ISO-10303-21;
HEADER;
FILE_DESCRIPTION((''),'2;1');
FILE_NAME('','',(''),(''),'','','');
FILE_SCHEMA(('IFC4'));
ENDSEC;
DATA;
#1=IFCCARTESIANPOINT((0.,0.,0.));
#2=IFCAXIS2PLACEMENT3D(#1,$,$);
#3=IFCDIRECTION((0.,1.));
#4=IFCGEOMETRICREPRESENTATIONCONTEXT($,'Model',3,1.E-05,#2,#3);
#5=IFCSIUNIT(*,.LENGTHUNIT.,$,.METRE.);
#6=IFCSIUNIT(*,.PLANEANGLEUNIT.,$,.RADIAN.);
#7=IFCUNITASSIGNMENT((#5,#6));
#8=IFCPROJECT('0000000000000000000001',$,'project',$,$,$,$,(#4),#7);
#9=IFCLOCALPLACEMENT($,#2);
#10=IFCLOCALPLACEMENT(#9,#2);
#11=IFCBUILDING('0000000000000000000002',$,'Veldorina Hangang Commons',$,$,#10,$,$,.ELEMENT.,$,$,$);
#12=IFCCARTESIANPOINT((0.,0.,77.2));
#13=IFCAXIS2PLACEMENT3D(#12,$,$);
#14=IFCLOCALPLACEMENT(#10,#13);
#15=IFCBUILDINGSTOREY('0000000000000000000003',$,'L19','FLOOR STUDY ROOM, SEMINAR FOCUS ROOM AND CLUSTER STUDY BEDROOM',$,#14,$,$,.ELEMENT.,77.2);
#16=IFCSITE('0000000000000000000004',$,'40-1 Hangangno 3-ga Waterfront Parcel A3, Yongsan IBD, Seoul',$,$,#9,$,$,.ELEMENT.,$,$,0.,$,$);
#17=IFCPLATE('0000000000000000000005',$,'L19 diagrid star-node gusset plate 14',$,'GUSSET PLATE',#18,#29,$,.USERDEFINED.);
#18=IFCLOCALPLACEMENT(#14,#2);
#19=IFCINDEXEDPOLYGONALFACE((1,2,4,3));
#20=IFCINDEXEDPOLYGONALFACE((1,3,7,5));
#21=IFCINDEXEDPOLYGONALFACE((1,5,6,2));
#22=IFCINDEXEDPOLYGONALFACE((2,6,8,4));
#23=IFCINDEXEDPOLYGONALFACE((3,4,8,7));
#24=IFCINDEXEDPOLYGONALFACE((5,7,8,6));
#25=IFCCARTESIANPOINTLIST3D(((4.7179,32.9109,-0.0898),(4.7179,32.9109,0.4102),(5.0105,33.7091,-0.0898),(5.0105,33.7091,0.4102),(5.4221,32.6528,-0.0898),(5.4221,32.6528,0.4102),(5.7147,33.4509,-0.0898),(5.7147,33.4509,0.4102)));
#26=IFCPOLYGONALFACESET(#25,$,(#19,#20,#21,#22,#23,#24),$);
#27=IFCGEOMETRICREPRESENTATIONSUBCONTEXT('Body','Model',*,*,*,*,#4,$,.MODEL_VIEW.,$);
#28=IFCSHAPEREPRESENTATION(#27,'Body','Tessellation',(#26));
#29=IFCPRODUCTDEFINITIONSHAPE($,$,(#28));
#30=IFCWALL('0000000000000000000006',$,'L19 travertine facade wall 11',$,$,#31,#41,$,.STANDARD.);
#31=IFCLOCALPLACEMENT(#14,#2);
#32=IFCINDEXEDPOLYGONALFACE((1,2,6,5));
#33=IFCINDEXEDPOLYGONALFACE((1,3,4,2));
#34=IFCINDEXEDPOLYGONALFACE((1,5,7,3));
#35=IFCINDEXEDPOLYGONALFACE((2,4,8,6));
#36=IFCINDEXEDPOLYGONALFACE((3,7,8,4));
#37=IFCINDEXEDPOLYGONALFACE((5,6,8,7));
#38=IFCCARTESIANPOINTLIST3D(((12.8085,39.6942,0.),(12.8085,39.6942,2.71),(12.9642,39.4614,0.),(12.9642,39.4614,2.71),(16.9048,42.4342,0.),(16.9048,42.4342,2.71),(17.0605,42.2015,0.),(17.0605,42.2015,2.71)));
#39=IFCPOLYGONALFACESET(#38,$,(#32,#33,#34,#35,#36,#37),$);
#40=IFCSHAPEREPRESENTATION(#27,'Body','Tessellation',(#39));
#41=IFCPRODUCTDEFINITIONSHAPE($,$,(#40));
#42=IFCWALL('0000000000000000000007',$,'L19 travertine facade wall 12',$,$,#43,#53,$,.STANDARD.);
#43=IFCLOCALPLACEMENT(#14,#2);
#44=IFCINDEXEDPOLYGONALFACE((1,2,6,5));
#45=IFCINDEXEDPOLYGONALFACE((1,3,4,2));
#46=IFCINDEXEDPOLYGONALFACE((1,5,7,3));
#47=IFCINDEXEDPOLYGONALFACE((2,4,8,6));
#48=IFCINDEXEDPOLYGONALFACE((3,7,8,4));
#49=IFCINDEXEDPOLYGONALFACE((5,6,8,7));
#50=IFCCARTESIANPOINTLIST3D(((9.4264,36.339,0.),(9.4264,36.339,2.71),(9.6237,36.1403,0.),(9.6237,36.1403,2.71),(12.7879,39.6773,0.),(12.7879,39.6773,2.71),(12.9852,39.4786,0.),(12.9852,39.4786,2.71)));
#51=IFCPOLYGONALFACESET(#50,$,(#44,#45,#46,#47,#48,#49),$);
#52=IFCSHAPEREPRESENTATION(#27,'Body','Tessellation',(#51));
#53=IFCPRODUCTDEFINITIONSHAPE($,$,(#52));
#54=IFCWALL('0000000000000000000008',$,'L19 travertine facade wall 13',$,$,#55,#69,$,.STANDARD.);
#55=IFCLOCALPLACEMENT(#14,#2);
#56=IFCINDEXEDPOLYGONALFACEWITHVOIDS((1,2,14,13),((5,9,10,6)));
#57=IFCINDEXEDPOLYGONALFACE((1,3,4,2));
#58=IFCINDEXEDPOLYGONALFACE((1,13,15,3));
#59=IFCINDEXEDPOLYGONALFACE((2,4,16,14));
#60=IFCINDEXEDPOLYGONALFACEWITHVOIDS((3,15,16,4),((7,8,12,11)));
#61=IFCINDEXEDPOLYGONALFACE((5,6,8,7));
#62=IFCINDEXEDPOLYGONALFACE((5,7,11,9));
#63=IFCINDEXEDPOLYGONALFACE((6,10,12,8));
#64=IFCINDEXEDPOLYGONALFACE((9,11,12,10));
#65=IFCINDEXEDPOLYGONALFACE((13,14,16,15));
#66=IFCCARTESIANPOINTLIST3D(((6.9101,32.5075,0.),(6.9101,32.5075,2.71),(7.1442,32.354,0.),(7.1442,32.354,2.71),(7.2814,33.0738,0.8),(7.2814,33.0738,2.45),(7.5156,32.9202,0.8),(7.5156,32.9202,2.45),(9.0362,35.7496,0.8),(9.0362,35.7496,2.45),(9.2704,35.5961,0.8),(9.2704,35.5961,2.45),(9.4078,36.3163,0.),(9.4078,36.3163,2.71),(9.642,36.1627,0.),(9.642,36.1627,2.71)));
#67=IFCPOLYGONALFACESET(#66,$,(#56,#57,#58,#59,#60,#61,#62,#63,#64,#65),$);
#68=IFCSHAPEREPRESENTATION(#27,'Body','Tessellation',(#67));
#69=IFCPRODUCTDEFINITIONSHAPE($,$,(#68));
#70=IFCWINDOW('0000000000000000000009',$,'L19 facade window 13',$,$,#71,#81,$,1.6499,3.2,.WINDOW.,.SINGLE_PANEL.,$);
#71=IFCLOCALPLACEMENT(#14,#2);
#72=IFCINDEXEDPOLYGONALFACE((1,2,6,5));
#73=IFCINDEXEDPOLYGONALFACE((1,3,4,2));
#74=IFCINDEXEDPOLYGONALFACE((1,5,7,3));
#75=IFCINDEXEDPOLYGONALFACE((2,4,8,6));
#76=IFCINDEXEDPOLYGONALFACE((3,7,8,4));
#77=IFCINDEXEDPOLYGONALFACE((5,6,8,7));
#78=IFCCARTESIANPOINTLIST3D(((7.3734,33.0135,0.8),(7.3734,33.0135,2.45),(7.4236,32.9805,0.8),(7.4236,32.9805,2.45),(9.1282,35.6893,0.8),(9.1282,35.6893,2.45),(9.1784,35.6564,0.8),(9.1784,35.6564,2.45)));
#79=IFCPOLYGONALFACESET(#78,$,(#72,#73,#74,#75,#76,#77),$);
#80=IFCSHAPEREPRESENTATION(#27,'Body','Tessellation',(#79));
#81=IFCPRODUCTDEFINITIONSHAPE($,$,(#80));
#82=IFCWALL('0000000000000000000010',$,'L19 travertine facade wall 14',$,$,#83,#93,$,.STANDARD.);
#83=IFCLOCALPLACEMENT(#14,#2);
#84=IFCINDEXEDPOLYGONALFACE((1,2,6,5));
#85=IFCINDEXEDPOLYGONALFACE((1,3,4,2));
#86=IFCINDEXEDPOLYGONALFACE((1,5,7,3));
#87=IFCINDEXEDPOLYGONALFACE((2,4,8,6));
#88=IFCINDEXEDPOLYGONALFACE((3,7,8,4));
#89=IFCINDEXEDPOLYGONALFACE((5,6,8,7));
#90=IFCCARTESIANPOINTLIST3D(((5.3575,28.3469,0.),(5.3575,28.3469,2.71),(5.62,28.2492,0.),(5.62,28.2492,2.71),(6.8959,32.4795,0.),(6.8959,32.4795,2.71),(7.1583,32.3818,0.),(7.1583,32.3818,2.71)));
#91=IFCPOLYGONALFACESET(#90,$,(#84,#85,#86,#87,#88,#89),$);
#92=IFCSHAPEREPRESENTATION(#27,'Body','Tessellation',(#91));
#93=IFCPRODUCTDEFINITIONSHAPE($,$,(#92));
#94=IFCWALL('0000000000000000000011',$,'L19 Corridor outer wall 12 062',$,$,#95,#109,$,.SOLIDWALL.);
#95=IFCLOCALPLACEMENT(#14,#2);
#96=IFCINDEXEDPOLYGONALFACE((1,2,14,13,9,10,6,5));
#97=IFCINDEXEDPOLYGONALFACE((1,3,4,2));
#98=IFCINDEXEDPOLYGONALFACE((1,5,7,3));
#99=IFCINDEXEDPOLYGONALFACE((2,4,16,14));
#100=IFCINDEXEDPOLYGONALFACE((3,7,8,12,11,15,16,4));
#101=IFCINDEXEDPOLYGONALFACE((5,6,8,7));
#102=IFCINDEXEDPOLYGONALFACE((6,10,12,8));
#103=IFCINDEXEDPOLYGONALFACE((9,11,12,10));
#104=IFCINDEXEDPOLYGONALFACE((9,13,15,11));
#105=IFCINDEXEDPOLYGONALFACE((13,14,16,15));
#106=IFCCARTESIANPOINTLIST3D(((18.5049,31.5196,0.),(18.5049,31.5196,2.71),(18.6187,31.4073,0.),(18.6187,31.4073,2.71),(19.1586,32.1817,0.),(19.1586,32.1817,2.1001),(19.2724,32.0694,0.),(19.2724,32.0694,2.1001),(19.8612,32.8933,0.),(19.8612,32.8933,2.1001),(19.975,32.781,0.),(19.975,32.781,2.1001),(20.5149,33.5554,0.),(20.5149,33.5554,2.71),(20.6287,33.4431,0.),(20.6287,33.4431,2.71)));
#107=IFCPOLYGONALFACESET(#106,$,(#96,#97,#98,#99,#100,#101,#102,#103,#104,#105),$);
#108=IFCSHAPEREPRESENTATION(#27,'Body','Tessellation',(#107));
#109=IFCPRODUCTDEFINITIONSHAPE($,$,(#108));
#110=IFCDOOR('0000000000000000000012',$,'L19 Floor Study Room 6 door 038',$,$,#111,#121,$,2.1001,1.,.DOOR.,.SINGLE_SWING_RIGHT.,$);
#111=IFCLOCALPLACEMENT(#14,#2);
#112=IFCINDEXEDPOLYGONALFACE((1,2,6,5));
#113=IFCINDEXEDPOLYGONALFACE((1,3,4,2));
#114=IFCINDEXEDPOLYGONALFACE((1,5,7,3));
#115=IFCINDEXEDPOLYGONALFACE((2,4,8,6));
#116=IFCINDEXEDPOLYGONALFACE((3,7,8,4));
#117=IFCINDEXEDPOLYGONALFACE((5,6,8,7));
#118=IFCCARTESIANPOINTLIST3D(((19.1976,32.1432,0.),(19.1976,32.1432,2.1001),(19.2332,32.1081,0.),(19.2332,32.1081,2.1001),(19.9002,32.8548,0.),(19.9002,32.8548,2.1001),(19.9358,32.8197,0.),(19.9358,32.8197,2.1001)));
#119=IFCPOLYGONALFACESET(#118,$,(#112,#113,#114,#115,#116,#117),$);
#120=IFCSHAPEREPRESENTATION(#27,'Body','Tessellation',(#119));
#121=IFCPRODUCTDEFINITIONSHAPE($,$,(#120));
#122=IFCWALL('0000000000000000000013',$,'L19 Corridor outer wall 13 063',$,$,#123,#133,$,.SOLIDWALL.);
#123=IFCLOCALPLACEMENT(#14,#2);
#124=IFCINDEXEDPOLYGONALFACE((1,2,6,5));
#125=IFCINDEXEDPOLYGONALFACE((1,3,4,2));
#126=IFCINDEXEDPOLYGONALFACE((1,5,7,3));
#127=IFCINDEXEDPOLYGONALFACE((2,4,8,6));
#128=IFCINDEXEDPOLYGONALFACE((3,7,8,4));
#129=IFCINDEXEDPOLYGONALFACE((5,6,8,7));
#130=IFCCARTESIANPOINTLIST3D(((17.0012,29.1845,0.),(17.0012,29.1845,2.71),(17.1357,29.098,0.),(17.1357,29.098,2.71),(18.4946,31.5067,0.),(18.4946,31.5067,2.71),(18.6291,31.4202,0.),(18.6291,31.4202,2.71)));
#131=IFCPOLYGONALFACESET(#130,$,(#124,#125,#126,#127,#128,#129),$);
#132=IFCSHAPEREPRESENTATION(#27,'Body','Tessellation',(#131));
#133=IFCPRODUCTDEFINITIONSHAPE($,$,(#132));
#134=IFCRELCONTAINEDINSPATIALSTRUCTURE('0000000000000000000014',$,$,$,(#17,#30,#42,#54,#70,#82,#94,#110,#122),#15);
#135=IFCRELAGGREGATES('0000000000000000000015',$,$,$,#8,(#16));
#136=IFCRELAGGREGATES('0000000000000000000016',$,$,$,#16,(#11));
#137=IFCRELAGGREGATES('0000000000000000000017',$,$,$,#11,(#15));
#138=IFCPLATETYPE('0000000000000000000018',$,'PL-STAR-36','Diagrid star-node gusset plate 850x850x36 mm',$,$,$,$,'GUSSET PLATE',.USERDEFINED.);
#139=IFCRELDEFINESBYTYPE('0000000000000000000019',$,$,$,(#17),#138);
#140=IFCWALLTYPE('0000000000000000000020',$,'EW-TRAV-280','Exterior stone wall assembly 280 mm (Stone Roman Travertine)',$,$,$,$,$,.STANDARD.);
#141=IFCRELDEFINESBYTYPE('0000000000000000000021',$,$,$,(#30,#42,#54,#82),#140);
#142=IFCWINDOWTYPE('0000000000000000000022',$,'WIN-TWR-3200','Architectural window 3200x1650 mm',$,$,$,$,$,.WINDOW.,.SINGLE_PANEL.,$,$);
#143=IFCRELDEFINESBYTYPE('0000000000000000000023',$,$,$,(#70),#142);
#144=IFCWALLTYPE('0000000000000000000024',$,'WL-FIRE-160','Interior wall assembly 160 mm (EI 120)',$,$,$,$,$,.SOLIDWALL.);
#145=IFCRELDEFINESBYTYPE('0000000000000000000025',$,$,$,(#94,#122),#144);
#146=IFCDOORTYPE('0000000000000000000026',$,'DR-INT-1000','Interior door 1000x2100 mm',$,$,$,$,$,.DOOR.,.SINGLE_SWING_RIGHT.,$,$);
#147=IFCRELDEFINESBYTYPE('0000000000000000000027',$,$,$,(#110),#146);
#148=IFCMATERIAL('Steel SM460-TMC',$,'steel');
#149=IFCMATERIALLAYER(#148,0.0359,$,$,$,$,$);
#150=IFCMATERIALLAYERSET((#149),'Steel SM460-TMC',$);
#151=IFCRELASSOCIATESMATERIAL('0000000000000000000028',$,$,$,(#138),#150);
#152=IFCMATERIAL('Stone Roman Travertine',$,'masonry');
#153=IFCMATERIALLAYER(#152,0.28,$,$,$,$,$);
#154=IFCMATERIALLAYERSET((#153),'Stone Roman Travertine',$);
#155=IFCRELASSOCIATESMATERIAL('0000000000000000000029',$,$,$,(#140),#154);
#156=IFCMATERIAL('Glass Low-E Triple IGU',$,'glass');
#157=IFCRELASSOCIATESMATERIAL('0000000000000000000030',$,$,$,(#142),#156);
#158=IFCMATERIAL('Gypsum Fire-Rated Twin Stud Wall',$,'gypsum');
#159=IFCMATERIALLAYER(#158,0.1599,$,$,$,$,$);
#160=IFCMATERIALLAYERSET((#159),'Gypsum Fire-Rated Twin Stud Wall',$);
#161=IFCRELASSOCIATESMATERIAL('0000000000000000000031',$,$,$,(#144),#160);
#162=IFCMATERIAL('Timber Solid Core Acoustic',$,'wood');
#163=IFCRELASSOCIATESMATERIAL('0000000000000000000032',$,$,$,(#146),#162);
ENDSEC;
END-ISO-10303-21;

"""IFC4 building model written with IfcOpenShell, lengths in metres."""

from ifc_helpers import new_model, si_unit, direction, frame, frame_2d, origin, origin_2d, place, context, subcontext, project, spatial, rectangle, extrude, material, layer, layer_set, type_object, element, fill, save


model = new_model("IFC4")

# Units and contexts
model_context = context("Model", 3, precision=1e-05, world=origin(), true_north=direction((0.0, 1.0)))
body_context = subcontext(model_context, "Body", "Model", "MODEL_VIEW")
ifc_project = project(units=[si_unit("LENGTHUNIT", "METRE"), si_unit("PLANEANGLEUNIT", "RADIAN")], contexts=[model_context])

# Site, building, storey
site_placement = place(None, origin())
site = spatial("IfcSite", under=ifc_project, at=site_placement, Name="40-1 Hangangno 3-ga Waterfront Parcel A3, Yongsan IBD, Seoul", CompositionType="ELEMENT", RefElevation=0.0)
building_placement = place(site_placement, origin())
building = spatial("IfcBuilding", under=site, at=building_placement, Name="Veldorina Hangang Commons", CompositionType="ELEMENT")
storey_placement = place(building_placement, frame((0.0, 0.0, 77.2)))
storey = spatial("IfcBuildingStorey", under=building, at=storey_placement, Name="L19", Description="FLOOR STUDY ROOM, SEMINAR FOCUS ROOM AND CLUSTER STUDY BEDROOM", CompositionType="ELEMENT", Elevation=77.2)

# Shared definitions
ifc_material_1 = material(Name="Steel SM460-TMC", Category="steel")

# Plate
ifc_layer_1 = layer(ifc_material_1, 0.0359)
ifc_layer_set_1 = layer_set([ifc_layer_1], Name="Steel SM460-TMC")
plate_type = type_object("IfcPlateType", Name="PL-STAR-36", Description="Diagrid star-node gusset plate 850x850x36 mm", ElementType="GUSSET PLATE", PredefinedType="USERDEFINED", material=ifc_layer_set_1)
plate_1_placement = place(storey_placement, frame((5.2163, 33.1809, -0.0898), z_axis=(0.0, 0.0, 1.0), x_axis=(-0.344184, -0.938902, 0.0)))
element("IfcPlate", 1, at=plate_1_placement, inside=storey, type_object=plate_type, Name="L19 diagrid star-node gusset plate 14", ObjectType="GUSSET PLATE", PredefinedType="USERDEFINED", context=body_context, shape_type="SweptSolid", body=[
    extrude(rectangle(XDim=0.8501, YDim=0.75, at=origin_2d()), origin(), (0.0, 0.0, 1.0), 0.5),
])

# Walls
ifc_material_2 = material(Name="Stone Roman Travertine", Category="masonry")
ifc_layer_2 = layer(ifc_material_2, 0.28)
ifc_layer_set_2 = layer_set([ifc_layer_2], Name="Stone Roman Travertine")
wall_type_1 = type_object("IfcWallType", Name="EW-TRAV-280", Description="Exterior stone wall assembly 280 mm (Stone Roman Travertine)", PredefinedType="STANDARD", material=ifc_layer_set_2)
wall_1_placement = place(storey_placement, frame((16.9827, 42.3179, 0.0), z_axis=(0.0, 0.0, 1.0), x_axis=(-0.831188, -0.555991, 0.0)))
element("IfcWall", 2, at=wall_1_placement, inside=storey, type_object=wall_type_1, Name="L19 travertine facade wall 11", PredefinedType="STANDARD", context=body_context, shape_type="SweptSolid", body=[
    extrude(rectangle(XDim=4.9282, YDim=0.28, at=frame_2d((2.4641, 0.0))), origin(), (0.0, 0.0, 1.0), 2.71),
])
wall_2_placement = place(storey_placement, frame((12.8865, 39.5779, 0.0), z_axis=(0.0, 0.0, 1.0), x_axis=(-0.70955, -0.704655, 0.0)))
element("IfcWall", 3, at=wall_2_placement, inside=storey, type_object=wall_type_1, Name="L19 travertine facade wall 12", PredefinedType="STANDARD", context=body_context, shape_type="SweptSolid", body=[
    extrude(rectangle(XDim=4.7375, YDim=0.28, at=frame_2d((2.3687, 0.0))), origin(), (0.0, 0.0, 1.0), 2.71),
])

# Wall, opening, window
wall_3_placement = place(storey_placement, frame((9.5249, 36.2395, 0.0), z_axis=(0.0, 0.0, 1.0), x_axis=(-0.548388, -0.836224, 0.0)))
wall_3 = element("IfcWall", 4, at=wall_3_placement, inside=storey, type_object=wall_type_1, Name="L19 travertine facade wall 13", PredefinedType="STANDARD", context=body_context, shape_type="SweptSolid", body=[
    extrude(rectangle(XDim=4.5547, YDim=0.28, at=frame_2d((2.2773, 0.0))), origin(), (0.0, 0.0, 1.0), 2.71),
])
opening_1_placement = place(wall_3_placement, frame((0.6775, 0.0, 0.8)))
opening_1 = element("IfcOpeningElement", 5, at=opening_1_placement, cuts=wall_3, PredefinedType="OPENING", context=body_context, shape_type="SweptSolid", body=[
    extrude(rectangle(XDim=3.2, YDim=1.6499, at=frame_2d((1.6001, 0.825))), frame((0.0, 0.1499, 0.0), z_axis=(0.0, -1.0, 0.0), x_axis=(1.0, 0.0, 0.0)), (0.0, 0.0, 1.0), 0.3),
])
ifc_material_3 = material(Name="Glass Low-E Triple IGU", Category="glass")
window_type = type_object("IfcWindowType", Name="WIN-TWR-3200", Description="Architectural window 3200x1650 mm", PartitioningType="SINGLE_PANEL", PredefinedType="WINDOW", material=ifc_material_3)
window_placement = place(opening_1_placement, origin())
window = element("IfcWindow", 6, at=window_placement, inside=storey, type_object=window_type, Name="L19 facade window 13", OverallHeight=1.6499, OverallWidth=3.2, PartitioningType="SINGLE_PANEL", PredefinedType="WINDOW", context=body_context, shape_type="SweptSolid", body=[
    extrude(rectangle(XDim=3.2, YDim=1.6499, at=frame_2d((1.6001, 0.825))), frame((0.0, 0.03, 0.0), z_axis=(0.0, -1.0, 0.0), x_axis=(1.0, 0.0, 0.0)), (0.0, 0.0, 1.0), 0.0601),
])
fill(opening_1, window)

# Wall
wall_4_placement = place(storey_placement, frame((7.0271, 32.4307, 0.0), z_axis=(0.0, 0.0, 1.0), x_axis=(-0.348859, -0.937175, 0.0)))
element("IfcWall", 7, at=wall_4_placement, inside=storey, type_object=wall_type_1, Name="L19 travertine facade wall 14", PredefinedType="STANDARD", context=body_context, shape_type="SweptSolid", body=[
    extrude(rectangle(XDim=4.4097, YDim=0.28, at=frame_2d((2.2048, 0.0))), origin(), (0.0, 0.0, 1.0), 2.71),
])

# Wall, opening, door
ifc_material_4 = material(Name="Gypsum Fire-Rated Twin Stud Wall", Category="gypsum")
ifc_layer_3 = layer(ifc_material_4, 0.1599)
ifc_layer_set_3 = layer_set([ifc_layer_3], Name="Gypsum Fire-Rated Twin Stud Wall")
wall_type_2 = type_object("IfcWallType", Name="WL-FIRE-160", Description="Interior wall assembly 160 mm (EI 120)", PredefinedType="SOLIDWALL", material=ifc_layer_set_3)
wall_5_placement = place(storey_placement, frame((20.5718, 33.4993, 0.0), z_axis=(0.0, 0.0, 1.0), x_axis=(-0.70257, -0.711615, 0.0)))
wall_5 = element("IfcWall", 8, at=wall_5_placement, inside=storey, type_object=wall_type_2, Name="L19 Corridor outer wall 12 062", PredefinedType="SOLIDWALL", context=body_context, shape_type="SweptSolid", body=[
    extrude(rectangle(XDim=2.8608, YDim=0.1599, at=frame_2d((1.4304, 0.0))), origin(), (0.0, 0.0, 1.0), 2.71),
])
opening_2_placement = place(wall_5_placement, frame((0.9304, 0.0, 0.0)))
opening_2 = element("IfcOpeningElement", 9, at=opening_2_placement, cuts=wall_5, PredefinedType="OPENING", context=body_context, shape_type="SweptSolid", body=[
    extrude(rectangle(XDim=1.0, YDim=2.1001, at=frame_2d((0.5, 1.05))), frame((0.0, 0.0898, 0.0), z_axis=(0.0, -1.0, 0.0), x_axis=(1.0, 0.0, 0.0)), (0.0, 0.0, 1.0), 0.1799),
])
ifc_material_5 = material(Name="Timber Solid Core Acoustic", Category="wood")
door_type = type_object("IfcDoorType", Name="DR-INT-1000", Description="Interior door 1000x2100 mm", OperationType="SINGLE_SWING_RIGHT", PredefinedType="DOOR", material=ifc_material_5)
door_placement = place(opening_2_placement, origin())
door = element("IfcDoor", 10, at=door_placement, inside=storey, type_object=door_type, Name="L19 Floor Study Room 6 door 038", OperationType="SINGLE_SWING_RIGHT", OverallHeight=2.1001, OverallWidth=1.0, PredefinedType="DOOR", context=body_context, shape_type="SweptSolid", body=[
    extrude(rectangle(XDim=1.0, YDim=2.1001, at=frame_2d((0.5, 1.05))), frame((0.0, 0.0249, 0.0), z_axis=(0.0, -1.0, 0.0), x_axis=(1.0, 0.0, 0.0)), (0.0, 0.0, 1.0), 0.05),
])
fill(opening_2, door)

# Wall
wall_6_placement = place(storey_placement, frame((18.5618, 31.4634, 0.0), z_axis=(0.0, 0.0, 1.0), x_axis=(-0.540892, -0.841092, 0.0)))
element("IfcWall", 11, at=wall_6_placement, inside=storey, type_object=wall_type_2, Name="L19 Corridor outer wall 13 063", PredefinedType="SOLIDWALL", context=body_context, shape_type="SweptSolid", body=[
    extrude(rectangle(XDim=2.761, YDim=0.1599, at=frame_2d((1.3804, 0.0))), origin(), (0.0, 0.0, 1.0), 2.71),
])

save(model, "model.ifc")
